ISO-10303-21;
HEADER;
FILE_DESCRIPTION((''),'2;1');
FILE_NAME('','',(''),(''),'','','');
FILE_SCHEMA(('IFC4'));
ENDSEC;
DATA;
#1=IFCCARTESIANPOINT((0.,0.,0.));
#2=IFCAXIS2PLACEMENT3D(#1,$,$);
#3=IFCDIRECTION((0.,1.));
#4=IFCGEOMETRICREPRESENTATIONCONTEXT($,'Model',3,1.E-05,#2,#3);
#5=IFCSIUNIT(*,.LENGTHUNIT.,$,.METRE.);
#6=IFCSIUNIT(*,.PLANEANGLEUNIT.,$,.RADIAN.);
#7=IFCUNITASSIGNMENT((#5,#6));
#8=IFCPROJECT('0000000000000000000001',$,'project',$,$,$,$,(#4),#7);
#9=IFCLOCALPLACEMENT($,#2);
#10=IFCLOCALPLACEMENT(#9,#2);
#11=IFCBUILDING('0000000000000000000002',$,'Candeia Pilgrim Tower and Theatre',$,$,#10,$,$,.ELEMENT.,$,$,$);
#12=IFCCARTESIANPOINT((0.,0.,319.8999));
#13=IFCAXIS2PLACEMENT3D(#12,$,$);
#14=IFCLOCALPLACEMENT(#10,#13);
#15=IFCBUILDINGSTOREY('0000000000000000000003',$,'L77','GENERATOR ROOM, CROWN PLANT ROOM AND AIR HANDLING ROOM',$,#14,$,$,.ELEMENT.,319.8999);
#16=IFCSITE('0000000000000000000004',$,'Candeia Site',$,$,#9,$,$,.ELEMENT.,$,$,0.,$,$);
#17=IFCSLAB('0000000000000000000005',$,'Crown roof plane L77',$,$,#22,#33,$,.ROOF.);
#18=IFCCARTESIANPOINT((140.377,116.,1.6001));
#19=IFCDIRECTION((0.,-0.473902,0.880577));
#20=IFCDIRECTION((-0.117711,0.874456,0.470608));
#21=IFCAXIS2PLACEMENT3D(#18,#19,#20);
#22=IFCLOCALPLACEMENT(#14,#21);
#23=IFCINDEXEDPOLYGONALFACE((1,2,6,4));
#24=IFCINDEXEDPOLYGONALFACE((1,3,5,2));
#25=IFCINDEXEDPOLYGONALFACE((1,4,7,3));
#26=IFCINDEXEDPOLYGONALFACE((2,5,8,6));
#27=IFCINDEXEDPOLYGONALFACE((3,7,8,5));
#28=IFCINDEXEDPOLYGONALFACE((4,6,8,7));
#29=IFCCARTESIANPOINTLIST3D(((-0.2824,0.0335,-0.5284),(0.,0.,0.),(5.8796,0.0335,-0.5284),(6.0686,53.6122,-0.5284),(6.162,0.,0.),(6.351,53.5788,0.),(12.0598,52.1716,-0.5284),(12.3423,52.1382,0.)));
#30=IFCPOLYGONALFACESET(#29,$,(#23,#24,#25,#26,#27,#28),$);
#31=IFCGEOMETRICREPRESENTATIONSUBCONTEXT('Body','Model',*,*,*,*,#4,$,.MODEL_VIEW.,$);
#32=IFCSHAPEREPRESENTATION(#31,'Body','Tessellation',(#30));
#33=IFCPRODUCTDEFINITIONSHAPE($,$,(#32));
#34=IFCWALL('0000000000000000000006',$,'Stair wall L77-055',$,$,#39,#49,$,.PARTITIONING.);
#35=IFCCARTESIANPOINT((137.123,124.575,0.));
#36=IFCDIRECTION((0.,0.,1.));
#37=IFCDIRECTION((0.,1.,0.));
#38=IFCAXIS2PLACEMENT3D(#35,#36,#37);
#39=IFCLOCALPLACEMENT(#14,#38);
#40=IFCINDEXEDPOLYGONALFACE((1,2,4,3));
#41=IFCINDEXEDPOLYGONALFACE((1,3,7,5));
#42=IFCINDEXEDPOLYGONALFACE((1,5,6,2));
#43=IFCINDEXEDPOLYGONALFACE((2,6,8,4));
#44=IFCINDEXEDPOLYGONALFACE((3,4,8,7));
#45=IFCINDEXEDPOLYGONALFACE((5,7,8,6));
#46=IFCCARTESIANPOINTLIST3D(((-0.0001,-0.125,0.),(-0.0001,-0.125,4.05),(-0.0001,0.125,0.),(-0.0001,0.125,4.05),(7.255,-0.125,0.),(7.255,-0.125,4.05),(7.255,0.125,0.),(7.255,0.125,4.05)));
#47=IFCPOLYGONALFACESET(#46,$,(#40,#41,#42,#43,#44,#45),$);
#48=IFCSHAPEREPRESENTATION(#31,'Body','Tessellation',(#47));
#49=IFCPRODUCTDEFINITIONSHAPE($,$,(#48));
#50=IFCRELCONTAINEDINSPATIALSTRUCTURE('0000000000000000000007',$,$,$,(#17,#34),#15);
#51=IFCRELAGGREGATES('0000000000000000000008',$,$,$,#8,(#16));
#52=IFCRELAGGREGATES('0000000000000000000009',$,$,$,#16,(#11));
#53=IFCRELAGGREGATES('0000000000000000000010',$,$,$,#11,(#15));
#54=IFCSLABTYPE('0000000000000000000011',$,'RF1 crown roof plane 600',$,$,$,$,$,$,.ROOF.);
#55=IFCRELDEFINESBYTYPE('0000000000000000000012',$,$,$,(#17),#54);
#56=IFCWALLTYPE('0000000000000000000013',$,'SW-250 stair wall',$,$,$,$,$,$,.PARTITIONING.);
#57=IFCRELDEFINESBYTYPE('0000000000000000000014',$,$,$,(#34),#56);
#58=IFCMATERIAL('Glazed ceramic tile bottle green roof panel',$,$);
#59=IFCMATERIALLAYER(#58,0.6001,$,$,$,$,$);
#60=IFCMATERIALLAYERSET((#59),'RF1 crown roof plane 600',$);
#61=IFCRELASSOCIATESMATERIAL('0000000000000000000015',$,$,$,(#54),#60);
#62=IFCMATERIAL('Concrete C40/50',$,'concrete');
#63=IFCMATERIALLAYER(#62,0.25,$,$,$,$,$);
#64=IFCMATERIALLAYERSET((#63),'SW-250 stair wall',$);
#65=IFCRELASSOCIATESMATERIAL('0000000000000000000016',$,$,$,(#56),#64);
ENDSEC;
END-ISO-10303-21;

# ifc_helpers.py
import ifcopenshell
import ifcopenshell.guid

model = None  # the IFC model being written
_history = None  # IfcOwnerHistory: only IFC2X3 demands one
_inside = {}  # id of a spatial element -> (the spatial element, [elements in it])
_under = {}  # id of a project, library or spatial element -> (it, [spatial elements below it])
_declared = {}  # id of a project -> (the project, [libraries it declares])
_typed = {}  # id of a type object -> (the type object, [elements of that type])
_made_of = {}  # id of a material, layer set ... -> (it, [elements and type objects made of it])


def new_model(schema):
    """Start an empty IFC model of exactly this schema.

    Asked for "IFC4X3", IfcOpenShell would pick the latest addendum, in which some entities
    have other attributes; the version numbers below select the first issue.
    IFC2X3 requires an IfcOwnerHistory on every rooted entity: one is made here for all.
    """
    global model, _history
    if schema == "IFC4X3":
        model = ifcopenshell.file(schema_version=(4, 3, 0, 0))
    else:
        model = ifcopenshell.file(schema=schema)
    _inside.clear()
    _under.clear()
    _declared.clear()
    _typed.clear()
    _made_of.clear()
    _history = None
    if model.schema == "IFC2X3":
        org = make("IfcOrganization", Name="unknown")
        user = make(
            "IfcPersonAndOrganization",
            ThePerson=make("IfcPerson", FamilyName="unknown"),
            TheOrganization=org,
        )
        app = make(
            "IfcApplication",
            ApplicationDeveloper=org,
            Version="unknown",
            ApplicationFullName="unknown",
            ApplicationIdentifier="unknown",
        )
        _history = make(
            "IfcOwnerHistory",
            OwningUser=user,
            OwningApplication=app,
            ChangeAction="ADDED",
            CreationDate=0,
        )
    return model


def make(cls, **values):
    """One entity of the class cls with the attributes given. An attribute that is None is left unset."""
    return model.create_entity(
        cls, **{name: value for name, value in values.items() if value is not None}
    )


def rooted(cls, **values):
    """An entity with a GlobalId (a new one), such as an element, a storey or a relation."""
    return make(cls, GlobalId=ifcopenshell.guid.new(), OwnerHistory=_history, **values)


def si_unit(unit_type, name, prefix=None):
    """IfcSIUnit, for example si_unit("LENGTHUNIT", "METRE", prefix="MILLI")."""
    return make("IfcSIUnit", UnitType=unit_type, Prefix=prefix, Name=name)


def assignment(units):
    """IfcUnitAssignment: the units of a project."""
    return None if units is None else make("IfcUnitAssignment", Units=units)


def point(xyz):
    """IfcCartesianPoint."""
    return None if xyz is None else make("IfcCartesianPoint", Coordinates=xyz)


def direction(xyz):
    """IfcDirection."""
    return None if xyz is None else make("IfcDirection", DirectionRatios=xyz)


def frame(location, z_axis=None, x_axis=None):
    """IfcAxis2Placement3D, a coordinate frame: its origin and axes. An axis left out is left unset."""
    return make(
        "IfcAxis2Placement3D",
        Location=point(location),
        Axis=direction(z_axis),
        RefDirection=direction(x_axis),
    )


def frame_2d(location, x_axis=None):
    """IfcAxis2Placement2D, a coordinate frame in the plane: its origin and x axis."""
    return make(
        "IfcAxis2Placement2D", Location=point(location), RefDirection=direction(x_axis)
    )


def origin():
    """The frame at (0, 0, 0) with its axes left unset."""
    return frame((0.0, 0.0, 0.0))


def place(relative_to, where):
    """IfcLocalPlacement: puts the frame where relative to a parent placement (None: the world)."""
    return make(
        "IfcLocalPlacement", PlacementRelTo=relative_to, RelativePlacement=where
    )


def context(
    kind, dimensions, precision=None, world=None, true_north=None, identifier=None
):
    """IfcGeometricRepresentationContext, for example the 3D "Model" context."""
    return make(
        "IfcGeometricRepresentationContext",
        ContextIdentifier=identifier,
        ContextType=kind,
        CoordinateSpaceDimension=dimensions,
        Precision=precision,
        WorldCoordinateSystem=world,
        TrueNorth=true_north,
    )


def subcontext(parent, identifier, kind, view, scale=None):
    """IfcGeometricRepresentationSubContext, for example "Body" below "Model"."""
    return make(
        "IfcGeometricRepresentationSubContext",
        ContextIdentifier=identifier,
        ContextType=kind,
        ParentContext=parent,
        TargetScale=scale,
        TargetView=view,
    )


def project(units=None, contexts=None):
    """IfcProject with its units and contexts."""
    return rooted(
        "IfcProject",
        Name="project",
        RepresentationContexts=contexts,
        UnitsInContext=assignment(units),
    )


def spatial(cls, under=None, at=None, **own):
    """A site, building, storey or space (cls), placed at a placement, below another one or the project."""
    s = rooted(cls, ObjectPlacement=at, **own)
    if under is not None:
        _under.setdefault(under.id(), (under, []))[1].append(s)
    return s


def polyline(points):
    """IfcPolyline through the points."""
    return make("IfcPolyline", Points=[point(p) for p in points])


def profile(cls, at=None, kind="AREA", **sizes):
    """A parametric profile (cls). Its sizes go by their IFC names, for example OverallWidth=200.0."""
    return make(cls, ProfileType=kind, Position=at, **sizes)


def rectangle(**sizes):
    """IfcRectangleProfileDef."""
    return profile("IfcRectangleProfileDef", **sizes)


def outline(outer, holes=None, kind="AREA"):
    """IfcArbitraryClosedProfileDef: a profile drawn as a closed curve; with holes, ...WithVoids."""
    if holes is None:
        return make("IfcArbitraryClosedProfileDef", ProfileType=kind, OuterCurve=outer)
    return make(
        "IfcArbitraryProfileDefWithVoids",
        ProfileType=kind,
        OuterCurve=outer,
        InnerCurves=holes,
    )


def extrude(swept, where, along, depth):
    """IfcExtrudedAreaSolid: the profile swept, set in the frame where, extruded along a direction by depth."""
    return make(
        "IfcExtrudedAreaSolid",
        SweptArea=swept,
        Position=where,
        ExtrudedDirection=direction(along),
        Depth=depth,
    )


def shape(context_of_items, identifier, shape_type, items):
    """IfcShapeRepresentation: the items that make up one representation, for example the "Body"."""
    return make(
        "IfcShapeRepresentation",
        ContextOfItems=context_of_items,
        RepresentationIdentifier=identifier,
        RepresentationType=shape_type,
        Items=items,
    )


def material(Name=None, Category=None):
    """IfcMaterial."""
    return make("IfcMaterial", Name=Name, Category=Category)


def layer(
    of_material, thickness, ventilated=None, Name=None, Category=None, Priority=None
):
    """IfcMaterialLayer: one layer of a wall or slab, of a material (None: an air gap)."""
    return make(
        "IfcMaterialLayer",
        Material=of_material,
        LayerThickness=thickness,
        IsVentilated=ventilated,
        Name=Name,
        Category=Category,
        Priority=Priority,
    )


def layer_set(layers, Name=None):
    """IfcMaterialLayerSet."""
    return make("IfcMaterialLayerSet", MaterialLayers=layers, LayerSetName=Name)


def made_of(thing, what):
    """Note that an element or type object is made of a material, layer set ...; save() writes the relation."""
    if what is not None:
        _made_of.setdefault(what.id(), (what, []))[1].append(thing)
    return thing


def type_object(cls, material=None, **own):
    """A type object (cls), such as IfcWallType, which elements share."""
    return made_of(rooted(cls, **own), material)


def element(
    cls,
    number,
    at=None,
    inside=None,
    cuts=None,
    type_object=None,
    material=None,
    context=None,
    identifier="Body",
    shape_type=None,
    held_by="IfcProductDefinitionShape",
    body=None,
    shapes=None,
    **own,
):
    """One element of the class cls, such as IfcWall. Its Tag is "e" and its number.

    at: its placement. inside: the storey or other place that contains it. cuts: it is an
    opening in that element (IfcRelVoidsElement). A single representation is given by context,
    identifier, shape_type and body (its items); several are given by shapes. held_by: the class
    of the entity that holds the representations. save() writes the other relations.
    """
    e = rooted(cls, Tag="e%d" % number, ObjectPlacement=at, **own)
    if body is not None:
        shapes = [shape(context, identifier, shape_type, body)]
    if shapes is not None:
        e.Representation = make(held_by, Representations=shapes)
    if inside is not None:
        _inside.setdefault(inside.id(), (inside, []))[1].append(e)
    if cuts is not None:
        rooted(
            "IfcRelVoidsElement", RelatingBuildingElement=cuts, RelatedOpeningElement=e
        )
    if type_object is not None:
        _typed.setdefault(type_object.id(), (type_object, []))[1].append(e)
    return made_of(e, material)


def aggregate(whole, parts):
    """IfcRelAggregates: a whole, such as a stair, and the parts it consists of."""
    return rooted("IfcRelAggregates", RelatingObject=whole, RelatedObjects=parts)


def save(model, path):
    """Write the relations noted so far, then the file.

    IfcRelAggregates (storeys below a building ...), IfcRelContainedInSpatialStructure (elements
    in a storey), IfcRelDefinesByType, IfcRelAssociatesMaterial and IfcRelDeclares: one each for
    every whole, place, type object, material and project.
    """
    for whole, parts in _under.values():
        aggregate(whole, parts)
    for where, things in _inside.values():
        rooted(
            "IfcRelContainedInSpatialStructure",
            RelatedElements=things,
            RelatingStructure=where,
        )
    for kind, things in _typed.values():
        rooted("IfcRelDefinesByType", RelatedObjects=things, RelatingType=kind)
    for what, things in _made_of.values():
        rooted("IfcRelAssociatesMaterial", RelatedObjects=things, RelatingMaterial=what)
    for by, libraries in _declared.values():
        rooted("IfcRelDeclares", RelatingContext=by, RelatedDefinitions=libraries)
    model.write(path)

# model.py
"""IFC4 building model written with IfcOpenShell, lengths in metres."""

from ifc_helpers import new_model, si_unit, direction, frame, frame_2d, origin, place, context, subcontext, project, spatial, polyline, rectangle, outline, extrude, material, layer, layer_set, type_object, element, save


model = new_model("IFC4")

# Units and contexts
model_context = context("Model", 3, precision=1e-05, world=origin(), true_north=direction((0.0, 1.0)))
body_context = subcontext(model_context, "Body", "Model", "MODEL_VIEW")
ifc_project = project(units=[si_unit("LENGTHUNIT", "METRE"), si_unit("PLANEANGLEUNIT", "RADIAN")], contexts=[model_context])

# Site, building, storey
site_placement = place(None, origin())
site = spatial("IfcSite", under=ifc_project, at=site_placement, Name="Candeia Site", CompositionType="ELEMENT", RefElevation=0.0)
building_placement = place(site_placement, origin())
building = spatial("IfcBuilding", under=site, at=building_placement, Name="Candeia Pilgrim Tower and Theatre", CompositionType="ELEMENT")
storey_placement = place(building_placement, frame((0.0, 0.0, 319.8999)))
storey = spatial("IfcBuildingStorey", under=building, at=storey_placement, Name="L77", Description="GENERATOR ROOM, CROWN PLANT ROOM AND AIR HANDLING ROOM", CompositionType="ELEMENT", Elevation=319.8999)

# Slab
ifc_material_1 = material(Name="Glazed ceramic tile bottle green roof panel")
ifc_layer_1 = layer(ifc_material_1, 0.6001)
ifc_layer_set_1 = layer_set([ifc_layer_1], Name="RF1 crown roof plane 600")
slab_type = type_object("IfcSlabType", Name="RF1 crown roof plane 600", PredefinedType="ROOF", material=ifc_layer_set_1)
slab_placement = place(storey_placement, frame((140.377, 116.0, 1.6001), z_axis=(0.0, -0.473902, 0.880577), x_axis=(-0.117711, 0.874456, 0.470608)))
element("IfcSlab", 1, at=slab_placement, inside=storey, type_object=slab_type, Name="Crown roof plane L77", PredefinedType="ROOF", context=body_context, shape_type="SweptSolid", body=[
    extrude(outline(polyline([(0.0, 0.0), (6.162, 0.0), (12.3423, 52.1382), (6.351, 53.5788), (0.0, 0.0)])), origin(), (-0.470608, 0.055784, -0.880577), 0.6001),
])

# Shared definitions
ifc_material_2 = material(Name="Concrete C40/50", Category="concrete")

# Shared definitions
ifc_layer_2 = layer(ifc_material_2, 0.25)
ifc_layer_set_2 = layer_set([ifc_layer_2], Name="SW-250 stair wall")
wall_type_1 = type_object("IfcWallType", Name="SW-250 stair wall", PredefinedType="PARTITIONING", material=ifc_layer_set_2)

# Wall
wall_1_placement = place(storey_placement, frame((137.123, 124.575, 0.0), z_axis=(0.0, 0.0, 1.0), x_axis=(0.0, 1.0, 0.0)))
element("IfcWall", 2, at=wall_1_placement, inside=storey, type_object=wall_type_1, Name="Stair wall L77-055", PredefinedType="PARTITIONING", context=body_context, shape_type="SweptSolid", body=[
    extrude(rectangle(XDim=7.2551, YDim=0.25, at=frame_2d((3.6274, 0.0))), origin(), (0.0, 0.0, 1.0), 4.05),
])

save(model, "model.ifc")
